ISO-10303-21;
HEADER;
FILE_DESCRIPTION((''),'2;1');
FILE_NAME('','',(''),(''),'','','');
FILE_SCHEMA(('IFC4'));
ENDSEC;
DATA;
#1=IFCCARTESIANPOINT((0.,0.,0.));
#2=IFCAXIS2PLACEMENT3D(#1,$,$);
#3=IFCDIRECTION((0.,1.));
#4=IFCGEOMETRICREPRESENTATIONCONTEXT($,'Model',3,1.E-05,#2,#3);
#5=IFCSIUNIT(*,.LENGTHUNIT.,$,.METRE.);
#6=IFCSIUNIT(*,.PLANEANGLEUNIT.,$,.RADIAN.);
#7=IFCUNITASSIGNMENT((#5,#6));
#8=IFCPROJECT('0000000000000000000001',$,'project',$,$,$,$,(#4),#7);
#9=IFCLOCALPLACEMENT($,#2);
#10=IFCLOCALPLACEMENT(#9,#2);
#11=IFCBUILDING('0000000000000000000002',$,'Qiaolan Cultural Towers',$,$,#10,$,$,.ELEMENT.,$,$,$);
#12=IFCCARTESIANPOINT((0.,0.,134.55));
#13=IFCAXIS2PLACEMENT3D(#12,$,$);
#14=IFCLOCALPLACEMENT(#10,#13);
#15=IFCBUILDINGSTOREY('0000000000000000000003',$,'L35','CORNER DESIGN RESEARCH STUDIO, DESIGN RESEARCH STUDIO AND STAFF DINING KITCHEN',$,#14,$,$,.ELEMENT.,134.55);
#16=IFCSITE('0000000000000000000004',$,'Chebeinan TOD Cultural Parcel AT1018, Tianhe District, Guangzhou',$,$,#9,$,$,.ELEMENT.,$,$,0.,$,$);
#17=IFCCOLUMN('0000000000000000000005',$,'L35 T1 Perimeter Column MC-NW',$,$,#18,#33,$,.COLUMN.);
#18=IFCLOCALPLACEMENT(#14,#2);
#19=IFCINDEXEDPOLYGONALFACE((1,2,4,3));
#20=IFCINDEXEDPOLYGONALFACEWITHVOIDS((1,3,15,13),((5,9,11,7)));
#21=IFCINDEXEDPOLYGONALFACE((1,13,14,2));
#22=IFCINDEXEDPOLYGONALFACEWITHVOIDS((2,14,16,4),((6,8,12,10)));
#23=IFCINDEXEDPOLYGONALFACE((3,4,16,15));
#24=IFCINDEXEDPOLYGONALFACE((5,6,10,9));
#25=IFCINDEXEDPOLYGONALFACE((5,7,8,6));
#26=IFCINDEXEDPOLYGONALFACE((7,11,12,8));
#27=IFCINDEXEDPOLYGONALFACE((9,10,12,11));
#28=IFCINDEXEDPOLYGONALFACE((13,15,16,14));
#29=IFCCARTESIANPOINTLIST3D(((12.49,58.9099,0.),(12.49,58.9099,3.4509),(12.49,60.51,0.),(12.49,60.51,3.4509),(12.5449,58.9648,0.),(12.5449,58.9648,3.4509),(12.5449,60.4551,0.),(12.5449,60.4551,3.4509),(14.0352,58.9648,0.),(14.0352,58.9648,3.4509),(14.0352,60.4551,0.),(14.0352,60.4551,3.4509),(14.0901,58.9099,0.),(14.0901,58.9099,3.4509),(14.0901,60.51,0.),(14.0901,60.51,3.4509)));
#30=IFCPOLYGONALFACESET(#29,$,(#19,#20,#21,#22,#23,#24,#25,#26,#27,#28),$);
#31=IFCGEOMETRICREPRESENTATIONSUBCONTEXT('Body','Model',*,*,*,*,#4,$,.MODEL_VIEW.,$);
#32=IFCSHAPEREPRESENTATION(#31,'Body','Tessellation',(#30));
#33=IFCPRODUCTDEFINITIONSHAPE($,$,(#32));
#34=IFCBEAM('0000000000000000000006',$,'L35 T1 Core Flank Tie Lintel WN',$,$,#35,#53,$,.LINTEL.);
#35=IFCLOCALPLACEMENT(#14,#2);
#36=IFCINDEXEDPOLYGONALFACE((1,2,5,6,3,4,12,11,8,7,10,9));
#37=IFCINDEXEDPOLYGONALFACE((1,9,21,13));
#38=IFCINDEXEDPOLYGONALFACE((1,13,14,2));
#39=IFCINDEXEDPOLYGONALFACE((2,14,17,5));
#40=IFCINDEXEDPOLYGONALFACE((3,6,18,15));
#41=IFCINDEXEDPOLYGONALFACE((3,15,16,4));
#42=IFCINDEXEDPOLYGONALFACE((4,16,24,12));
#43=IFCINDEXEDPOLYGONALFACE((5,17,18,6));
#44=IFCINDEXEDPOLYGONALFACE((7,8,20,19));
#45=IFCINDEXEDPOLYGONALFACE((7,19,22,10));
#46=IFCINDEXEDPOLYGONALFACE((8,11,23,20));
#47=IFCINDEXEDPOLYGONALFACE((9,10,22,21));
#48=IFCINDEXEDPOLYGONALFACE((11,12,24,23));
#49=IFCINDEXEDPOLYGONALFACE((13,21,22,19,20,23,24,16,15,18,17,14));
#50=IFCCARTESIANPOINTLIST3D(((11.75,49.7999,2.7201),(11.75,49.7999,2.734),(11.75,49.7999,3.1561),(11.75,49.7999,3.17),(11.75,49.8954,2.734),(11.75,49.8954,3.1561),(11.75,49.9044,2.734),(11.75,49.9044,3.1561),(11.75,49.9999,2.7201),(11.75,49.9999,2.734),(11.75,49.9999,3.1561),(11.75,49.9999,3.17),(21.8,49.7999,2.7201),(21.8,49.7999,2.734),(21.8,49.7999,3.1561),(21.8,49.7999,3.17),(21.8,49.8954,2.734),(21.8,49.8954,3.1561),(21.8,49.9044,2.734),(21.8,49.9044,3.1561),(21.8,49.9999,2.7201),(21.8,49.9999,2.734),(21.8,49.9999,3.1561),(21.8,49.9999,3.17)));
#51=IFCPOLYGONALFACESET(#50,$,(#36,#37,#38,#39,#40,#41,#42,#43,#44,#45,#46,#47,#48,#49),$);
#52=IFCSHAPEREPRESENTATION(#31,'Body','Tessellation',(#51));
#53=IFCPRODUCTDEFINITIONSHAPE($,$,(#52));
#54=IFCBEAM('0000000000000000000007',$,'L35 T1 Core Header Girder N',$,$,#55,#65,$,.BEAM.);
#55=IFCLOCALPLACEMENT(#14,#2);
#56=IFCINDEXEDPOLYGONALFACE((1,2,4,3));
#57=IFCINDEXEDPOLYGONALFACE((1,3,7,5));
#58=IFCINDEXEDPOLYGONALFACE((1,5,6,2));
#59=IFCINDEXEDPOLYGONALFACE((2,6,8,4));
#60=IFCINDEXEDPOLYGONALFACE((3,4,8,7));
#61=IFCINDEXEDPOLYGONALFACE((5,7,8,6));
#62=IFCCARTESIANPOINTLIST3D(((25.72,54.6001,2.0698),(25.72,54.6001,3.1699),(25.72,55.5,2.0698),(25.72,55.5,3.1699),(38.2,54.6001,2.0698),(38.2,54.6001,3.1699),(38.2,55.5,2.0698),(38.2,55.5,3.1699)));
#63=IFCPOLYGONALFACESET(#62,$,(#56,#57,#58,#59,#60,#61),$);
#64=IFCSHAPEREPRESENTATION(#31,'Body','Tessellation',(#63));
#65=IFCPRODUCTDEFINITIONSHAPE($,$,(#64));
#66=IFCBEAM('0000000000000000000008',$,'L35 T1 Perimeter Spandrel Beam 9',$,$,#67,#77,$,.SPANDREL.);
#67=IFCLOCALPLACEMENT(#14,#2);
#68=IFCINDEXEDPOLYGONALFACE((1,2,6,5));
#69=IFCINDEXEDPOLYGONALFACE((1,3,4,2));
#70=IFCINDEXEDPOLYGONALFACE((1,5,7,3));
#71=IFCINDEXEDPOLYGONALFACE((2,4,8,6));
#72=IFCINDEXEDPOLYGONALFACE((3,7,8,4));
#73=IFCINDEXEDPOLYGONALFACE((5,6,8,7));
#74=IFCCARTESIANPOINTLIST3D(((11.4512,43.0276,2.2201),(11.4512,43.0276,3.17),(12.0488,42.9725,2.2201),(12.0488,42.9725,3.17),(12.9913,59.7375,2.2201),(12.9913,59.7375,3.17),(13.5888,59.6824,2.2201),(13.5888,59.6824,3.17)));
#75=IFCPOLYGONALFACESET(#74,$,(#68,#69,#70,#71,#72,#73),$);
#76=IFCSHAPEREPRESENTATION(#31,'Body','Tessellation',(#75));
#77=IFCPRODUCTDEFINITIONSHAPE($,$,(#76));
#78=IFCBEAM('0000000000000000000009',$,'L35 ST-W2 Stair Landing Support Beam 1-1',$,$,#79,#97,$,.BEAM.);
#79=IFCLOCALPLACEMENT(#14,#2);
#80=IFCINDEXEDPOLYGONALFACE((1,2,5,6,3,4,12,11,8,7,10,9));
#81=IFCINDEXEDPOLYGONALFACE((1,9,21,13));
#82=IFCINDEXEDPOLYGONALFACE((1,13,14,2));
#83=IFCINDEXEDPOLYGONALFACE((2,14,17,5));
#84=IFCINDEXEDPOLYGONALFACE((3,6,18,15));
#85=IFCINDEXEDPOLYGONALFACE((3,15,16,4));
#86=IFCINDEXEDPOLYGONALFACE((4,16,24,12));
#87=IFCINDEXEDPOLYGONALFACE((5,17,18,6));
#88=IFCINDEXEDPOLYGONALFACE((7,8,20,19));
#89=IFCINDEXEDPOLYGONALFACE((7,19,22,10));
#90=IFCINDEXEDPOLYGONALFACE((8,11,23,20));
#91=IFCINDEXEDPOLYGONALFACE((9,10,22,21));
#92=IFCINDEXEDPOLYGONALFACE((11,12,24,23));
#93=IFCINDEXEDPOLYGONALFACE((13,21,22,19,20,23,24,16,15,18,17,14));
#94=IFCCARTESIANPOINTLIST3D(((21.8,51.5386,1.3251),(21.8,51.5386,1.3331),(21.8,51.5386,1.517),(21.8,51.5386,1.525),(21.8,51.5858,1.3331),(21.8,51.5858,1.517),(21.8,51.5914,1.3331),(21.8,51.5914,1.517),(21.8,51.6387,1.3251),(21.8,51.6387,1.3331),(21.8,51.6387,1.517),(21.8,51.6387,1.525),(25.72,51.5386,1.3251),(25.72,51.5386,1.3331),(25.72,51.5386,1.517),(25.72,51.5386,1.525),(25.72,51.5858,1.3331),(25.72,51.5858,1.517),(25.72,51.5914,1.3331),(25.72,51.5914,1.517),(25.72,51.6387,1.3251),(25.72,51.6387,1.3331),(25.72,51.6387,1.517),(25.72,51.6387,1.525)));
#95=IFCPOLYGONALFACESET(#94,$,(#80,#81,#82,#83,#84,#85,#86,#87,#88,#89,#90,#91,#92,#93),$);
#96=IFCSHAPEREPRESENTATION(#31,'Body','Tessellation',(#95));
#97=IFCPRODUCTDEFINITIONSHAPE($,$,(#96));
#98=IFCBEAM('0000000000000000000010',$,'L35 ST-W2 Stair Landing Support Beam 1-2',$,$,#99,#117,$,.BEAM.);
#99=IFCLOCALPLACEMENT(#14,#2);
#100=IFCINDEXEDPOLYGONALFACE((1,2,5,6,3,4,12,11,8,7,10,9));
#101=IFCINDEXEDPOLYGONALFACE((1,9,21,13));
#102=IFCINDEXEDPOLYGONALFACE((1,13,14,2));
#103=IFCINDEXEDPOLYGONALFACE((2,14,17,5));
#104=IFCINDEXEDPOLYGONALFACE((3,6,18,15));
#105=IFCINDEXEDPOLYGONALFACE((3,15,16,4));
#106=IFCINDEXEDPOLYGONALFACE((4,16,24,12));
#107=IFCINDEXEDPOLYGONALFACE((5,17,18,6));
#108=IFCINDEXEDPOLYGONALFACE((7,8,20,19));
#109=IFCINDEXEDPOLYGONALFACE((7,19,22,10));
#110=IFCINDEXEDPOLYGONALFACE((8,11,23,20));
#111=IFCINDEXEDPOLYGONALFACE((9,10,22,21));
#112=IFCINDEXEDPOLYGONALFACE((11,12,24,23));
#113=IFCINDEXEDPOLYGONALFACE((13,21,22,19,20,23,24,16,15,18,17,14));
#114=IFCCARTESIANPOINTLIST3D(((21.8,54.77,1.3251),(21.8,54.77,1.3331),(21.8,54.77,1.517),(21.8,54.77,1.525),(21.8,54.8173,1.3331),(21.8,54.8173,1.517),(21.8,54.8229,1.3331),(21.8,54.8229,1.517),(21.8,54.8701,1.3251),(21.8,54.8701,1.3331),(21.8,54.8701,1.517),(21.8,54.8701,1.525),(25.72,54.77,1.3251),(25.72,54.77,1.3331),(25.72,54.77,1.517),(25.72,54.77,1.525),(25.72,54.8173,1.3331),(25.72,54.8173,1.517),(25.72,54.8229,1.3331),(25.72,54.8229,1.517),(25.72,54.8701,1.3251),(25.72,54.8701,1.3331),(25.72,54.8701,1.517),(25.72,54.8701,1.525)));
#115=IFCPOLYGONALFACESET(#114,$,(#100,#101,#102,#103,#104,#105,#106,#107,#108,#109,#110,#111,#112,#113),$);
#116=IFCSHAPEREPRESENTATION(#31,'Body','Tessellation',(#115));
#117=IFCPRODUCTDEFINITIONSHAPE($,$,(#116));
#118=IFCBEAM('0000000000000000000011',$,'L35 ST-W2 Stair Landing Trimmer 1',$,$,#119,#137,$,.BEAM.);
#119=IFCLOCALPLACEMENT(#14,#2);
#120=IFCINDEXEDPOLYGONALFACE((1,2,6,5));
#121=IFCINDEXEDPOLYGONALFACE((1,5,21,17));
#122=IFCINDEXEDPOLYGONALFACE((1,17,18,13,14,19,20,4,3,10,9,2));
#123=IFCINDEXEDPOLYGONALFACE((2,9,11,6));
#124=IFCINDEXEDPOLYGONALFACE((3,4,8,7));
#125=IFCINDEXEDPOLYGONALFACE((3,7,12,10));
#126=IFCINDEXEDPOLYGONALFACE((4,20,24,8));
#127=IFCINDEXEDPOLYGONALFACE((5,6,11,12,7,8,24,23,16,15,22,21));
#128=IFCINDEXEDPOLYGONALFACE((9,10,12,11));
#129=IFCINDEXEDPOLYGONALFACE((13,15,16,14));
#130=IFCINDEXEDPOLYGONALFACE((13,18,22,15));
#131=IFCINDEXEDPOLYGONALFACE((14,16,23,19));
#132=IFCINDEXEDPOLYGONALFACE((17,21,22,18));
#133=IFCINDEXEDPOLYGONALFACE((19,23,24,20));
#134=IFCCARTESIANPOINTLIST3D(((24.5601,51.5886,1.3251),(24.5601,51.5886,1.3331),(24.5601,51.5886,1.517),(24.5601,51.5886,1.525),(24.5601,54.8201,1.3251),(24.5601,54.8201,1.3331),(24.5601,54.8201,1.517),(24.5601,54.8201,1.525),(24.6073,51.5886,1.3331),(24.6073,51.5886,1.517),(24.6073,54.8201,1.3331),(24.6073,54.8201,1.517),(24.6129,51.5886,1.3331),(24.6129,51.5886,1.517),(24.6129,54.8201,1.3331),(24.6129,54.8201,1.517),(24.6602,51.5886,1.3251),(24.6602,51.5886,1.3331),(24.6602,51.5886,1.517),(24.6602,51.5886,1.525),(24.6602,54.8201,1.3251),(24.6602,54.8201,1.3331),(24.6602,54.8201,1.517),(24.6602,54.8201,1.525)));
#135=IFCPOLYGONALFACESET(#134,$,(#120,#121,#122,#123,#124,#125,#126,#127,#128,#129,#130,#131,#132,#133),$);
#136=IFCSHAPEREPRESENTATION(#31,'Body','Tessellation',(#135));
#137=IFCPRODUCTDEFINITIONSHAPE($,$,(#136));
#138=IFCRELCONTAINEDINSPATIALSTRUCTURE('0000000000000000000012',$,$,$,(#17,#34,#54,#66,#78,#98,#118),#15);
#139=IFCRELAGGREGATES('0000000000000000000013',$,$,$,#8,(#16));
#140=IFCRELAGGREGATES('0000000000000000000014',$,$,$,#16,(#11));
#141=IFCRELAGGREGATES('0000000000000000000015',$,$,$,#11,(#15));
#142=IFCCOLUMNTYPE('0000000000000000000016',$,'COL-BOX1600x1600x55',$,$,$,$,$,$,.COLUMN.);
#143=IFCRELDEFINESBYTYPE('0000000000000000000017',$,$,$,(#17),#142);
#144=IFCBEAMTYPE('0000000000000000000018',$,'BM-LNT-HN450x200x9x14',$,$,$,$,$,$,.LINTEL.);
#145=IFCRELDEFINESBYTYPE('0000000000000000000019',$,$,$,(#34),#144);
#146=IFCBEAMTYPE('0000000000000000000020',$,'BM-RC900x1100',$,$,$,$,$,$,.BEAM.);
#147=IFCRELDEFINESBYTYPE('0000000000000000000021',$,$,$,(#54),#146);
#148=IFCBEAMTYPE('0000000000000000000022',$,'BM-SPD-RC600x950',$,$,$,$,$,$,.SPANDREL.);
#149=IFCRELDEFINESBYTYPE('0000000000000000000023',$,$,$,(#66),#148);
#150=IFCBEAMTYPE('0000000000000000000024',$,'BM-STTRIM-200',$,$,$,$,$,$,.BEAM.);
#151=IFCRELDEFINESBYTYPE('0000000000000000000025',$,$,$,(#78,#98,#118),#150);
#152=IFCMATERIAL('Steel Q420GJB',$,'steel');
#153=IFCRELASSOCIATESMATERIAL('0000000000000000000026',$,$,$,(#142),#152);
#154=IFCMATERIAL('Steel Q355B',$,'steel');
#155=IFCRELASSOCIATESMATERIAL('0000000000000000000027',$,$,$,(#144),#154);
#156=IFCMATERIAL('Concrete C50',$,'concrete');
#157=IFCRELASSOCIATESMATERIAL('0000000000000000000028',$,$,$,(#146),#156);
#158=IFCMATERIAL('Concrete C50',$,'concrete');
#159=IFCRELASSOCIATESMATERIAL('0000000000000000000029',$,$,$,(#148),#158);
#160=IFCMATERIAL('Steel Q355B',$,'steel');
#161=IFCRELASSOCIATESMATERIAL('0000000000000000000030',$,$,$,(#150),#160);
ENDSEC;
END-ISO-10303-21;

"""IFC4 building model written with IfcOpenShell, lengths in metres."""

from ifc_helpers import new_model, si_unit, direction, frame, origin, origin_2d, place, context, subcontext, project, spatial, rectangle, hollow_rectangle, i_section, extrude, material, material_profile, profile_set, type_object, element, save


model = new_model("IFC4")

# Units and contexts
model_context = context("Model", 3, precision=1e-05, world=origin(), true_north=direction((0.0, 1.0)))
body_context = subcontext(model_context, "Body", "Model", "MODEL_VIEW")
ifc_project = project(units=[si_unit("LENGTHUNIT", "METRE"), si_unit("PLANEANGLEUNIT", "RADIAN")], contexts=[model_context])

# Site, building, storey
site_placement = place(None, origin())
site = spatial("IfcSite", under=ifc_project, at=site_placement, Name="Chebeinan TOD Cultural Parcel AT1018, Tianhe District, Guangzhou", CompositionType="ELEMENT", RefElevation=0.0)
building_placement = place(site_placement, origin())
building = spatial("IfcBuilding", under=site, at=building_placement, Name="Qiaolan Cultural Towers", CompositionType="ELEMENT")
storey_placement = place(building_placement, frame((0.0, 0.0, 134.55)))
storey = spatial("IfcBuildingStorey", under=building, at=storey_placement, Name="L35", Description="CORNER DESIGN RESEARCH STUDIO, DESIGN RESEARCH STUDIO AND STAFF DINING KITCHEN", CompositionType="ELEMENT", Elevation=134.55)

# Column
ifc_material_1 = material(Name="Steel Q420GJB", Category="steel")
ifc_material_profile_1 = material_profile(ifc_material_1, hollow_rectangle(XDim=1.6001, YDim=1.6001, WallThickness=0.0549, at=origin_2d()), Name="BOX1600x1600x55")
ifc_profile_set_1 = profile_set([ifc_material_profile_1], Name="Steel Q420GJB")
column_type = type_object("IfcColumnType", Name="COL-BOX1600x1600x55", PredefinedType="COLUMN", material=ifc_profile_set_1)
column_placement = place(storey_placement, frame((13.29, 59.71, 0.0), z_axis=(0.0, 0.0, 1.0), x_axis=(1.0, 0.0, 0.0)))
element("IfcColumn", 1, at=column_placement, inside=storey, type_object=column_type, Name="L35 T1 Perimeter Column MC-NW", PredefinedType="COLUMN", context=body_context, shape_type="SweptSolid", body=[
    extrude(hollow_rectangle(XDim=1.6001, YDim=1.6001, WallThickness=0.0549, at=origin_2d()), origin(), (0.0, 0.0, 1.0), 3.4509),
])

# Beams
ifc_material_2 = material(Name="Steel Q355B", Category="steel")
ifc_material_profile_2 = material_profile(ifc_material_2, i_section(OverallWidth=0.2, OverallDepth=0.45, WebThickness=0.009, FlangeThickness=0.0139, at=origin_2d()), Name="HN450x200x9x14")
ifc_profile_set_2 = profile_set([ifc_material_profile_2], Name="Steel Q355B")
beam_type_1 = type_object("IfcBeamType", Name="BM-LNT-HN450x200x9x14", PredefinedType="LINTEL", material=ifc_profile_set_2)
beam_1_placement = place(storey_placement, frame((21.8, 49.8999, 2.9451), z_axis=(-1.0, 0.0, 0.0), x_axis=(0.0, -1.0, 0.0)))
element("IfcBeam", 2, at=beam_1_placement, inside=storey, type_object=beam_type_1, Name="L35 T1 Core Flank Tie Lintel WN", PredefinedType="LINTEL", context=body_context, shape_type="SweptSolid", body=[
    extrude(i_section(OverallWidth=0.2, OverallDepth=0.45, WebThickness=0.009, FlangeThickness=0.0139, at=origin_2d()), origin(), (0.0, 0.0, 1.0), 10.05),
])
ifc_material_3 = material(Name="Concrete C50", Category="concrete")
ifc_material_profile_3 = material_profile(ifc_material_3, rectangle(XDim=0.8999, YDim=1.1001, at=origin_2d()), Name="RC900x1100")
ifc_profile_set_3 = profile_set([ifc_material_profile_3], Name="Concrete C50")
beam_type_2 = type_object("IfcBeamType", Name="BM-RC900x1100", PredefinedType="BEAM", material=ifc_profile_set_3)
beam_2_placement = place(storey_placement, frame((25.72, 55.05, 2.6199), z_axis=(1.0, 0.0, 0.0), x_axis=(0.0, 1.0, 0.0)))
element("IfcBeam", 3, at=beam_2_placement, inside=storey, type_object=beam_type_2, Name="L35 T1 Core Header Girder N", PredefinedType="BEAM", context=body_context, shape_type="SweptSolid", body=[
    extrude(rectangle(XDim=0.8999, YDim=1.1001, at=origin_2d()), origin(), (0.0, 0.0, 1.0), 12.48),
])
ifc_material_4 = material(Name="Concrete C50", Category="concrete")
ifc_material_profile_4 = material_profile(ifc_material_4, rectangle(XDim=0.6001, YDim=0.95, at=origin_2d()), Name="RC600x950")
ifc_profile_set_4 = profile_set([ifc_material_profile_4], Name="Concrete C50")
beam_type_3 = type_object("IfcBeamType", Name="BM-SPD-RC600x950", PredefinedType="SPANDREL", material=ifc_profile_set_4)
beam_3_placement = place(storey_placement, frame((13.29, 59.71, 2.6951), z_axis=(-0.091774, -0.99578, 0.0), x_axis=(0.99578, -0.091774, 0.0)))
element("IfcBeam", 4, at=beam_3_placement, inside=storey, type_object=beam_type_3, Name="L35 T1 Perimeter Spandrel Beam 9", PredefinedType="SPANDREL", context=body_context, shape_type="SweptSolid", body=[
    extrude(rectangle(XDim=0.6001, YDim=0.95, at=origin_2d()), origin(), (0.0, 0.0, 1.0), 16.7808),
])
ifc_material_5 = material(Name="Steel Q355B", Category="steel")
ifc_material_profile_5 = material_profile(ifc_material_5, i_section(OverallWidth=0.1001, OverallDepth=0.2, WebThickness=0.0056, FlangeThickness=0.0081, at=origin_2d()), Name="HN200x100x5.5x8")
ifc_profile_set_5 = profile_set([ifc_material_profile_5], Name="Steel Q355B")
beam_type_4 = type_object("IfcBeamType", Name="BM-STTRIM-200", PredefinedType="BEAM", material=ifc_profile_set_5)
for number, where, z_axis, x_axis, name in (
    (5, (21.8, 51.5886, 1.425), (1.0, 0.0, 0.0), (0.0, 1.0, 0.0), "L35 ST-W2 Stair Landing Support Beam 1-1"),
    (6, (21.8, 54.8201, 1.425), (1.0, 0.0, 0.0), (0.0, 1.0, 0.0), "L35 ST-W2 Stair Landing Support Beam 1-2"),
):
    element("IfcBeam", number, at=place(storey_placement, frame(where, z_axis=z_axis, x_axis=x_axis)), inside=storey, type_object=beam_type_4, Name=name, PredefinedType="BEAM", context=body_context, shape_type="SweptSolid", body=[
        extrude(i_section(OverallWidth=0.1001, OverallDepth=0.2, WebThickness=0.0056, FlangeThickness=0.0081, at=origin_2d()), origin(), (0.0, 0.0, 1.0), 3.9199),
    ])
beam_4_placement = place(storey_placement, frame((24.6101, 51.5886, 1.425), z_axis=(0.0, 1.0, 0.0), x_axis=(-1.0, 0.0, 0.0)))
element("IfcBeam", 7, at=beam_4_placement, inside=storey, type_object=beam_type_4, Name="L35 ST-W2 Stair Landing Trimmer 1", PredefinedType="BEAM", context=body_context, shape_type="SweptSolid", body=[
    extrude(i_section(OverallWidth=0.1001, OverallDepth=0.2, WebThickness=0.0056, FlangeThickness=0.0081, at=origin_2d()), origin(), (0.0, 0.0, 1.0), 3.2314),
])

save(model, "model.ifc")
